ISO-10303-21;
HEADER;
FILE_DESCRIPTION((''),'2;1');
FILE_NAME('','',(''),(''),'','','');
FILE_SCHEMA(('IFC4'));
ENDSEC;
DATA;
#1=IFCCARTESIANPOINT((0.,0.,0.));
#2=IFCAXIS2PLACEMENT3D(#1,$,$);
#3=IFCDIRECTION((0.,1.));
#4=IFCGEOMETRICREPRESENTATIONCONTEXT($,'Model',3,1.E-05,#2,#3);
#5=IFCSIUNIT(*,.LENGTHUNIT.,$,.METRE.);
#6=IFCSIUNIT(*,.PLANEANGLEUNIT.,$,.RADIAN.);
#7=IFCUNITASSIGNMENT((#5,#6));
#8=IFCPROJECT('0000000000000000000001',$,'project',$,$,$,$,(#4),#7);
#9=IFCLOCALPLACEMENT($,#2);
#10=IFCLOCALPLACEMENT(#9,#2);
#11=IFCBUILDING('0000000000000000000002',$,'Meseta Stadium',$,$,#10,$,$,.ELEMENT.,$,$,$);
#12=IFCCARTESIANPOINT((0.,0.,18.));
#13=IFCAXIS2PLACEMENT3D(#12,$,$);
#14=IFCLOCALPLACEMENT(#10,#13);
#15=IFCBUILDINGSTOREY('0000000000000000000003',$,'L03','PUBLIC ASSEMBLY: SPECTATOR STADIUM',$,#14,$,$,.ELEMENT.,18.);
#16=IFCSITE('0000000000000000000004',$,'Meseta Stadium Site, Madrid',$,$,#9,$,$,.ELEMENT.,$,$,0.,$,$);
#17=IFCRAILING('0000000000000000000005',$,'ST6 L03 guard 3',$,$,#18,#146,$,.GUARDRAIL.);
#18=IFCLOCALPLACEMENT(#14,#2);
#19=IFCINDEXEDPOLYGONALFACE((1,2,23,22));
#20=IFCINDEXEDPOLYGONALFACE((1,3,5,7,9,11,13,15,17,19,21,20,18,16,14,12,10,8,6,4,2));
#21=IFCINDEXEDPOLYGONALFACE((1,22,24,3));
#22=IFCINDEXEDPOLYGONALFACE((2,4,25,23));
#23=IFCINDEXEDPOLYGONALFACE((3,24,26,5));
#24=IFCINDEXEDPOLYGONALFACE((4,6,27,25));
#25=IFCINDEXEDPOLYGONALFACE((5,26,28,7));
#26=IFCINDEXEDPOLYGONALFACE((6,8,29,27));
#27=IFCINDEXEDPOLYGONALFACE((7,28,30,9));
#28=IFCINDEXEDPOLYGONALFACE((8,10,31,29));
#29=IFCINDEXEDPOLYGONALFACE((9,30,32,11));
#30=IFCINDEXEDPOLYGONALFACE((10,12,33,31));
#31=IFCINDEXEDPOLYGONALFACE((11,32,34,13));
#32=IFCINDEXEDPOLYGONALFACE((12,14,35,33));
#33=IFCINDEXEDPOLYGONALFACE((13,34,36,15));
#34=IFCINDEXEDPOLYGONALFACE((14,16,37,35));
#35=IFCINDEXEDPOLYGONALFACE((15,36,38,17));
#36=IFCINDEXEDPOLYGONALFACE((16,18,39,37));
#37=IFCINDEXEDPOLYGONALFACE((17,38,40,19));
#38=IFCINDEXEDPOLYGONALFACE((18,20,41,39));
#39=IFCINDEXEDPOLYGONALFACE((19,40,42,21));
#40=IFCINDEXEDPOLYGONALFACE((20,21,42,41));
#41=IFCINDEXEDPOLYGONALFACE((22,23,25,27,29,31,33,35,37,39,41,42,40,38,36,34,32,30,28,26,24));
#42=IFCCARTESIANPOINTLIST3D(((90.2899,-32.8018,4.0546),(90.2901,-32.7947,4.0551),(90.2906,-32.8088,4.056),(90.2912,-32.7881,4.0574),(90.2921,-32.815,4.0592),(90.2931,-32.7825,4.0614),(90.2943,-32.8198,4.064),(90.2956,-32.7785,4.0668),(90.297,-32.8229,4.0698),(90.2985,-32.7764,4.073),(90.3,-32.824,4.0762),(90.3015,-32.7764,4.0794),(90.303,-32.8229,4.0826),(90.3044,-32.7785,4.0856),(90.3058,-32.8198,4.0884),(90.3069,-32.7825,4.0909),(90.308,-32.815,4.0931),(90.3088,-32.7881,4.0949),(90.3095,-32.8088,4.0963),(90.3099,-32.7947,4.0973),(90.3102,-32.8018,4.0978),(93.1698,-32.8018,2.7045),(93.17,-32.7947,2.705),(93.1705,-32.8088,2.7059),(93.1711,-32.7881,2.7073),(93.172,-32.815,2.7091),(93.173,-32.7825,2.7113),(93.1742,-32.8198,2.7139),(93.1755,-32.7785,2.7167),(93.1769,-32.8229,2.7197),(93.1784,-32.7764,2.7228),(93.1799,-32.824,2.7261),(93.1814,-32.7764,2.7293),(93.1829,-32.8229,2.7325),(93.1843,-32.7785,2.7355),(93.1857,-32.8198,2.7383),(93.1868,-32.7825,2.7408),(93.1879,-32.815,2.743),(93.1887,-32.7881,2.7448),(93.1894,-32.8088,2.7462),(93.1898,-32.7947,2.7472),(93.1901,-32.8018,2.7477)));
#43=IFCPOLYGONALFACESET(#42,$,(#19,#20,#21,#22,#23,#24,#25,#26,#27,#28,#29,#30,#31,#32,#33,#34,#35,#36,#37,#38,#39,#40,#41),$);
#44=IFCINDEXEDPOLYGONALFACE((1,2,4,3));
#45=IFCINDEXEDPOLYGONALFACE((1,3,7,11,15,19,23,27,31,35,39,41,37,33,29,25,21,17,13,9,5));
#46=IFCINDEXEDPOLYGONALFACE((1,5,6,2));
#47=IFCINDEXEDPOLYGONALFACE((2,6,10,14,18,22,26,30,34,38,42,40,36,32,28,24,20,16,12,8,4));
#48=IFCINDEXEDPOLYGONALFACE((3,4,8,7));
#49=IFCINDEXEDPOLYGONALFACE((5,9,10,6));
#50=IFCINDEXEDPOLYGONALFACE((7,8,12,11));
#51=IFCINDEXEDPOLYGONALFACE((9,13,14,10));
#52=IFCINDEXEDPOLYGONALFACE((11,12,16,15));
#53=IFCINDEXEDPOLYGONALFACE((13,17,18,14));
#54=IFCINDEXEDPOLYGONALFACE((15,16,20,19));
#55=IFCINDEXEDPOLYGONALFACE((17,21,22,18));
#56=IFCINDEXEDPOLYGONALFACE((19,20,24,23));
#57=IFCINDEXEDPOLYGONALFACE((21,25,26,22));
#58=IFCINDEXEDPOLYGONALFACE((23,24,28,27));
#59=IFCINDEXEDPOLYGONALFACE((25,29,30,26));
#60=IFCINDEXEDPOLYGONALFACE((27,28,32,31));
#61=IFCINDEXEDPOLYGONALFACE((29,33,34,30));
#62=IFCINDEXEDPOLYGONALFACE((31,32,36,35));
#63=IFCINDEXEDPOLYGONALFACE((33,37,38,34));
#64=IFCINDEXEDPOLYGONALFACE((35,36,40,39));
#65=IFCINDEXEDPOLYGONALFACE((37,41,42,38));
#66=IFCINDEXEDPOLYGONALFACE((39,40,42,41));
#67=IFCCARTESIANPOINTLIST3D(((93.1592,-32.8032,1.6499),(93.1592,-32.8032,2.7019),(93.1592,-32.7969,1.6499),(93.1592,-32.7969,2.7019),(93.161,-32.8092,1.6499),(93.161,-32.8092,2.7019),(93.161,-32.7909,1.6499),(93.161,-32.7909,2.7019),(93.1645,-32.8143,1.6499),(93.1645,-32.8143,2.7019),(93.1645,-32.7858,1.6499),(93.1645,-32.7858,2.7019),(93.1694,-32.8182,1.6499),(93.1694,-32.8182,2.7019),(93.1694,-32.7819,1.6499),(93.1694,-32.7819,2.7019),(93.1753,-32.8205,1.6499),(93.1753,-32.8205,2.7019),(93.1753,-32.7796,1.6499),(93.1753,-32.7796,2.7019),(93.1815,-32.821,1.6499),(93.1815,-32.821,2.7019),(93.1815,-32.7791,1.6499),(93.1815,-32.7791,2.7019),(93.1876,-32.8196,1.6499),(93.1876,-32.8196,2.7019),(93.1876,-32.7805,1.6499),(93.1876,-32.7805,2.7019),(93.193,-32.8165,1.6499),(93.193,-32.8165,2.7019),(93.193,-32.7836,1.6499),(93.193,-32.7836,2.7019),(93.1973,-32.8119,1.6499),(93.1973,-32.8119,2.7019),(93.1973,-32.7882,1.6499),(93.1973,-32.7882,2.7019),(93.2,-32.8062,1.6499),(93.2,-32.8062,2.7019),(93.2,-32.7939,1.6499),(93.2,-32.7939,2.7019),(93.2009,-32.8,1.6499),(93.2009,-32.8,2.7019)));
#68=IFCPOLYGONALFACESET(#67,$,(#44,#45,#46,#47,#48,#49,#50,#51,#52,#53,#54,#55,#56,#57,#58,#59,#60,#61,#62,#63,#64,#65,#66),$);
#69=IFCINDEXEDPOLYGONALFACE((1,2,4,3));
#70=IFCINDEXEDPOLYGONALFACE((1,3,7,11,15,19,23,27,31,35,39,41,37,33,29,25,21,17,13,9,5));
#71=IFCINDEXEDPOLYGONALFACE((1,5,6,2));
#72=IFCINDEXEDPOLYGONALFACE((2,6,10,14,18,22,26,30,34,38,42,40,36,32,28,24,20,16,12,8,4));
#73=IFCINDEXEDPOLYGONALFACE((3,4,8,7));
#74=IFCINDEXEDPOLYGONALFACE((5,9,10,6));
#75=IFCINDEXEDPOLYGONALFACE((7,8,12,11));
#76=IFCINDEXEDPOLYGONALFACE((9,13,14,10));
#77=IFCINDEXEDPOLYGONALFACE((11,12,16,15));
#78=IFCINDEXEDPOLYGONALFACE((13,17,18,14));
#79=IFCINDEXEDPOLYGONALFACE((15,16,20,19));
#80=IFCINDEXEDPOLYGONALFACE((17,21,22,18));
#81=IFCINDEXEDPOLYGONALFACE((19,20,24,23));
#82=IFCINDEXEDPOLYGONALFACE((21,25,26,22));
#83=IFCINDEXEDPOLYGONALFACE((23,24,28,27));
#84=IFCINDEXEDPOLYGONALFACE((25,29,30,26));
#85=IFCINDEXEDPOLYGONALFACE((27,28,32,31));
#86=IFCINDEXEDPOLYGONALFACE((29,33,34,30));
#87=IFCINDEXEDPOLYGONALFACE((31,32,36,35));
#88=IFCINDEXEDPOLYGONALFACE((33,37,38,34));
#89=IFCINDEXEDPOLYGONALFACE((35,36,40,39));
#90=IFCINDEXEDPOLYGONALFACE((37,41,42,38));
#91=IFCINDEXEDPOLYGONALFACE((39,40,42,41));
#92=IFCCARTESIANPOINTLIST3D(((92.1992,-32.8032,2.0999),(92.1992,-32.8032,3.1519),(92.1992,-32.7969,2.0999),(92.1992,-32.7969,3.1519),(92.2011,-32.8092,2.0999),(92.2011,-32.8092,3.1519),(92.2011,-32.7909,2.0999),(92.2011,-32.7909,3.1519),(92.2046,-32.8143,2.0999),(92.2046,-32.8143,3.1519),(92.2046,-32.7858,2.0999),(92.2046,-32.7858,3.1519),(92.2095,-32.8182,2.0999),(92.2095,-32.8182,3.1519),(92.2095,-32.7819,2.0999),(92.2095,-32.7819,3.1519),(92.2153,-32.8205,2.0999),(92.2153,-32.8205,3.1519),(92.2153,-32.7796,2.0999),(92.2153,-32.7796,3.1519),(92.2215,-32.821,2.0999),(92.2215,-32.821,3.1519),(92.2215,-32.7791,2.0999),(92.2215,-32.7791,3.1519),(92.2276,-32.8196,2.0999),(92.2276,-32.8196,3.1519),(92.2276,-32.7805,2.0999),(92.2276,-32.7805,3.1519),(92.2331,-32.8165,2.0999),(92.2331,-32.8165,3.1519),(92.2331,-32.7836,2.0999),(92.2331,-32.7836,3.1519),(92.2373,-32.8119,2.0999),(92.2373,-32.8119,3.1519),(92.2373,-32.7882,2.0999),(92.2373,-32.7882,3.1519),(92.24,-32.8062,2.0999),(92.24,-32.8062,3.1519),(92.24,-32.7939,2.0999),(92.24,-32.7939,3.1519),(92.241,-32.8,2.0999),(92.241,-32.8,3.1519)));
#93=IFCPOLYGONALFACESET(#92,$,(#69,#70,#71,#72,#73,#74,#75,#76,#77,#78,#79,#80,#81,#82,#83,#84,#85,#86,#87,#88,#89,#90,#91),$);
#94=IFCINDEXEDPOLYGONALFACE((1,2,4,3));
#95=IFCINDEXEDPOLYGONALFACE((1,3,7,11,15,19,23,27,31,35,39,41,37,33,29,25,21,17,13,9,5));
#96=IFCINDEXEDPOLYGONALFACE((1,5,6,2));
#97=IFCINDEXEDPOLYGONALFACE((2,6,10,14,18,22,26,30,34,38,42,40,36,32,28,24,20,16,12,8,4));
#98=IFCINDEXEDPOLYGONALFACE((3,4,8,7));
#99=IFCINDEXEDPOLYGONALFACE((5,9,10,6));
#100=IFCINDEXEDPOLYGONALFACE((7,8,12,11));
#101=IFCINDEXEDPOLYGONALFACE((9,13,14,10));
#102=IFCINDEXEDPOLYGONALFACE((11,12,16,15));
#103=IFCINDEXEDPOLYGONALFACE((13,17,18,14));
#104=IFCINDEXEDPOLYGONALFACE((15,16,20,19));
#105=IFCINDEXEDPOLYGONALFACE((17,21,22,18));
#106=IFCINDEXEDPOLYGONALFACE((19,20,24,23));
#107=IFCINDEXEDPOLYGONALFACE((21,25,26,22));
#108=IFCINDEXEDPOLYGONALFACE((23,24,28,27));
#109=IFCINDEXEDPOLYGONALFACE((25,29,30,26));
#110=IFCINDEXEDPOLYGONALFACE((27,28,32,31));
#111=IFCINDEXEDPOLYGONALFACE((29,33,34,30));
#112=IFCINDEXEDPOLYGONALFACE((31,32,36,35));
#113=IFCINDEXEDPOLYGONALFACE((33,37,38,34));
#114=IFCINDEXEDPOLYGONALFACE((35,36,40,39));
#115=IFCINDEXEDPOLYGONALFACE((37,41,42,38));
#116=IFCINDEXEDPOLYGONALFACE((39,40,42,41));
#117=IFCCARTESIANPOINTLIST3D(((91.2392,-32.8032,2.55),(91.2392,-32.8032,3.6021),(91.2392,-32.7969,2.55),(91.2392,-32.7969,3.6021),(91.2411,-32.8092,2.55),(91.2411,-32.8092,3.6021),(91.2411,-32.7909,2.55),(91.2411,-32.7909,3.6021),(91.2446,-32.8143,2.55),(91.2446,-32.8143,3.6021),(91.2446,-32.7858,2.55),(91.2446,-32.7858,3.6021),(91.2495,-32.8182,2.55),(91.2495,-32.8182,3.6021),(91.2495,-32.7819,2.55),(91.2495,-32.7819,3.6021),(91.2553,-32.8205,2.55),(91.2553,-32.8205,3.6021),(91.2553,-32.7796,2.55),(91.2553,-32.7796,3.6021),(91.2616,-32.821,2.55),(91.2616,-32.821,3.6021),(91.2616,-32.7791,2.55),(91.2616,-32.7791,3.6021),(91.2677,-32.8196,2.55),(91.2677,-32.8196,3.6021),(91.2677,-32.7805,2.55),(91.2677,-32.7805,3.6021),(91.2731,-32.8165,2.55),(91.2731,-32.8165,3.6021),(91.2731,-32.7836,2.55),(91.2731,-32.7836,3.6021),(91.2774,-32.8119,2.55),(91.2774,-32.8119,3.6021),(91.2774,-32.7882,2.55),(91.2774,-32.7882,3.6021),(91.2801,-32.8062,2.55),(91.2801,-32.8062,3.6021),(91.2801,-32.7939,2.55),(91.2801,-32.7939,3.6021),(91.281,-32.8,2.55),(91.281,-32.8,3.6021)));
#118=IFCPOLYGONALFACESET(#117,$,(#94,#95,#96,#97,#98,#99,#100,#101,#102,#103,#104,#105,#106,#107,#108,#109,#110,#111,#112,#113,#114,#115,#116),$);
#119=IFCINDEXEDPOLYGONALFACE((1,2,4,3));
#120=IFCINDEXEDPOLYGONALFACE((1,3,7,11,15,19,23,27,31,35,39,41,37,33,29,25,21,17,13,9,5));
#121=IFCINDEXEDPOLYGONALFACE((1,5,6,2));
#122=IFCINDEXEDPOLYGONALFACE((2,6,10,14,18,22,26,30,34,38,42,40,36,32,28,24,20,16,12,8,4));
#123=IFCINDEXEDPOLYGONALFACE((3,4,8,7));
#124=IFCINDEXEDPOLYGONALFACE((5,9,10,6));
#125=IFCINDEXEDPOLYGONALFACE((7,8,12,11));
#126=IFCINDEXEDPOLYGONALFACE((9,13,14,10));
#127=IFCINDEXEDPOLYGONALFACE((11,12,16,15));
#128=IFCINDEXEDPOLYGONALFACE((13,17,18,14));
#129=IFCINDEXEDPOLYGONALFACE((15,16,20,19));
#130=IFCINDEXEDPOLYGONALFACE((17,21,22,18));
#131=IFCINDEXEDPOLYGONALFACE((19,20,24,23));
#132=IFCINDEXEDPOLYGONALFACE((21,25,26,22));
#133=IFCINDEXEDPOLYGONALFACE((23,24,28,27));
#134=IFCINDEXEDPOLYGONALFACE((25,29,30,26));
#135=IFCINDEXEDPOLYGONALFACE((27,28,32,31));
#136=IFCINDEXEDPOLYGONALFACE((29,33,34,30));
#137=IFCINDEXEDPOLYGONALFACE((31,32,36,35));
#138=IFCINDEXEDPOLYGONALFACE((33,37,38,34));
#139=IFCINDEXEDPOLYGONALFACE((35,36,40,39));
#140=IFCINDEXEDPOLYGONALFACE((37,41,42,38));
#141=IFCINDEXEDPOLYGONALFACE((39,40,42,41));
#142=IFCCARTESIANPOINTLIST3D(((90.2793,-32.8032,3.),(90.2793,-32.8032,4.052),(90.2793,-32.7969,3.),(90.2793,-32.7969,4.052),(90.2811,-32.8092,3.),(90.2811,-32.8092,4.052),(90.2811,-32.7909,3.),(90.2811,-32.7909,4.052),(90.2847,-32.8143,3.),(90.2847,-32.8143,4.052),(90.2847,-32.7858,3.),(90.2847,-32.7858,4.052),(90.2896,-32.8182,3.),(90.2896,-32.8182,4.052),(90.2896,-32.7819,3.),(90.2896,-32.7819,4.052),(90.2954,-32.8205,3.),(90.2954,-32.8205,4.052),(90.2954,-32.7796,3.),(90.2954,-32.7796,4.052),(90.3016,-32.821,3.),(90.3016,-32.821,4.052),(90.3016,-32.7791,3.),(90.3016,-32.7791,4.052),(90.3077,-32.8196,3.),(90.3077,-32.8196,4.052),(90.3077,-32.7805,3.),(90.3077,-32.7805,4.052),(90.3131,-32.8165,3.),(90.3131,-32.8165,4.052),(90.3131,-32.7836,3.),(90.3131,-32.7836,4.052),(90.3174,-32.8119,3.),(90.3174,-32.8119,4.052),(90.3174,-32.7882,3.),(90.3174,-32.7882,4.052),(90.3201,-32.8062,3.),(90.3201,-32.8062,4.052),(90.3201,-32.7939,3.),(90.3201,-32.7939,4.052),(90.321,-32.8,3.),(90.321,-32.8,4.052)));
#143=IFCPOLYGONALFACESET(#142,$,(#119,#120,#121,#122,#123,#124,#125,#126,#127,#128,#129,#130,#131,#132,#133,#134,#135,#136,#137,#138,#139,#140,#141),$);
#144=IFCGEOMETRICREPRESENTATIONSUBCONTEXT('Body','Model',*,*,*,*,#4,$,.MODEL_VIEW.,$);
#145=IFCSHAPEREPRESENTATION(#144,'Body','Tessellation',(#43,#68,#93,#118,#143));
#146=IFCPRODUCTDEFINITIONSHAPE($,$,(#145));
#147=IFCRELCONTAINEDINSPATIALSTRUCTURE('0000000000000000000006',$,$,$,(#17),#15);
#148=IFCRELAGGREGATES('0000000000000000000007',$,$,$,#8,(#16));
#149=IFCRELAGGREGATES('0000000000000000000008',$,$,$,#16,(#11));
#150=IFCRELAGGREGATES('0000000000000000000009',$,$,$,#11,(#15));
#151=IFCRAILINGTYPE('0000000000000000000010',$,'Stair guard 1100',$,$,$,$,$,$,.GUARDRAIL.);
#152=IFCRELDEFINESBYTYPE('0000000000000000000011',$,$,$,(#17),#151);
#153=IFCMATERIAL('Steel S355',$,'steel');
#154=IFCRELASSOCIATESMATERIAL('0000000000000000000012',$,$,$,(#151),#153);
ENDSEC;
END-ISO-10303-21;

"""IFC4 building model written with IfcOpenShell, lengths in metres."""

from ifc_helpers import new_model, si_unit, direction, frame, origin, origin_2d, place, context, subcontext, project, spatial, circle, extrude, material, type_object, element, save


model = new_model("IFC4")

# Units and contexts
model_context = context("Model", 3, precision=1e-05, world=origin(), true_north=direction((0.0, 1.0)))
body_context = subcontext(model_context, "Body", "Model", "MODEL_VIEW")
ifc_project = project(units=[si_unit("LENGTHUNIT", "METRE"), si_unit("PLANEANGLEUNIT", "RADIAN")], contexts=[model_context])

# Site, building, storey
site_placement = place(None, origin())
site = spatial("IfcSite", under=ifc_project, at=site_placement, Name="Meseta Stadium Site, Madrid", CompositionType="ELEMENT", RefElevation=0.0)
building_placement = place(site_placement, origin())
building = spatial("IfcBuilding", under=site, at=building_placement, Name="Meseta Stadium", CompositionType="ELEMENT")
storey_placement = place(building_placement, frame((0.0, 0.0, 18.0)))
storey = spatial("IfcBuildingStorey", under=building, at=storey_placement, Name="L03", Description="PUBLIC ASSEMBLY: SPECTATOR STADIUM", CompositionType="ELEMENT", Elevation=18.0)

# Railing
ifc_material_1 = material(Name="Steel S355", Category="steel")
railing_type_1 = type_object("IfcRailingType", Name="Stair guard 1100", PredefinedType="GUARDRAIL", material=ifc_material_1)
railing_1_placement = place(storey_placement, frame((93.1799, -32.8, 1.6499)))
element("IfcRailing", 1, at=railing_1_placement, inside=storey, type_object=railing_type_1, Name="ST6 L03 guard 3", PredefinedType="GUARDRAIL", context=body_context, shape_type="SweptSolid", body=[
    extrude(circle(Radius=0.0239, at=origin_2d()), frame((0.0, 0.0, 1.0762), z_axis=(-0.90544, 0.0, 0.424473), x_axis=(0.0, -1.0, 0.0)), (0.0, 0.0, 1.0), 3.1807),
    extrude(circle(Radius=0.021, at=origin_2d()), origin(), (0.0, 0.0, 1.0), 1.052),
    extrude(circle(Radius=0.021, at=origin_2d()), frame((-0.96, 0.0, 0.45)), (0.0, 0.0, 1.0), 1.052),
    extrude(circle(Radius=0.021, at=origin_2d()), frame((-1.9199, 0.0, 0.9001)), (0.0, 0.0, 1.0), 1.052),
    extrude(circle(Radius=0.021, at=origin_2d()), frame((-2.8799, 0.0, 1.3501)), (0.0, 0.0, 1.0), 1.052),
])

save(model, "model.ifc")
